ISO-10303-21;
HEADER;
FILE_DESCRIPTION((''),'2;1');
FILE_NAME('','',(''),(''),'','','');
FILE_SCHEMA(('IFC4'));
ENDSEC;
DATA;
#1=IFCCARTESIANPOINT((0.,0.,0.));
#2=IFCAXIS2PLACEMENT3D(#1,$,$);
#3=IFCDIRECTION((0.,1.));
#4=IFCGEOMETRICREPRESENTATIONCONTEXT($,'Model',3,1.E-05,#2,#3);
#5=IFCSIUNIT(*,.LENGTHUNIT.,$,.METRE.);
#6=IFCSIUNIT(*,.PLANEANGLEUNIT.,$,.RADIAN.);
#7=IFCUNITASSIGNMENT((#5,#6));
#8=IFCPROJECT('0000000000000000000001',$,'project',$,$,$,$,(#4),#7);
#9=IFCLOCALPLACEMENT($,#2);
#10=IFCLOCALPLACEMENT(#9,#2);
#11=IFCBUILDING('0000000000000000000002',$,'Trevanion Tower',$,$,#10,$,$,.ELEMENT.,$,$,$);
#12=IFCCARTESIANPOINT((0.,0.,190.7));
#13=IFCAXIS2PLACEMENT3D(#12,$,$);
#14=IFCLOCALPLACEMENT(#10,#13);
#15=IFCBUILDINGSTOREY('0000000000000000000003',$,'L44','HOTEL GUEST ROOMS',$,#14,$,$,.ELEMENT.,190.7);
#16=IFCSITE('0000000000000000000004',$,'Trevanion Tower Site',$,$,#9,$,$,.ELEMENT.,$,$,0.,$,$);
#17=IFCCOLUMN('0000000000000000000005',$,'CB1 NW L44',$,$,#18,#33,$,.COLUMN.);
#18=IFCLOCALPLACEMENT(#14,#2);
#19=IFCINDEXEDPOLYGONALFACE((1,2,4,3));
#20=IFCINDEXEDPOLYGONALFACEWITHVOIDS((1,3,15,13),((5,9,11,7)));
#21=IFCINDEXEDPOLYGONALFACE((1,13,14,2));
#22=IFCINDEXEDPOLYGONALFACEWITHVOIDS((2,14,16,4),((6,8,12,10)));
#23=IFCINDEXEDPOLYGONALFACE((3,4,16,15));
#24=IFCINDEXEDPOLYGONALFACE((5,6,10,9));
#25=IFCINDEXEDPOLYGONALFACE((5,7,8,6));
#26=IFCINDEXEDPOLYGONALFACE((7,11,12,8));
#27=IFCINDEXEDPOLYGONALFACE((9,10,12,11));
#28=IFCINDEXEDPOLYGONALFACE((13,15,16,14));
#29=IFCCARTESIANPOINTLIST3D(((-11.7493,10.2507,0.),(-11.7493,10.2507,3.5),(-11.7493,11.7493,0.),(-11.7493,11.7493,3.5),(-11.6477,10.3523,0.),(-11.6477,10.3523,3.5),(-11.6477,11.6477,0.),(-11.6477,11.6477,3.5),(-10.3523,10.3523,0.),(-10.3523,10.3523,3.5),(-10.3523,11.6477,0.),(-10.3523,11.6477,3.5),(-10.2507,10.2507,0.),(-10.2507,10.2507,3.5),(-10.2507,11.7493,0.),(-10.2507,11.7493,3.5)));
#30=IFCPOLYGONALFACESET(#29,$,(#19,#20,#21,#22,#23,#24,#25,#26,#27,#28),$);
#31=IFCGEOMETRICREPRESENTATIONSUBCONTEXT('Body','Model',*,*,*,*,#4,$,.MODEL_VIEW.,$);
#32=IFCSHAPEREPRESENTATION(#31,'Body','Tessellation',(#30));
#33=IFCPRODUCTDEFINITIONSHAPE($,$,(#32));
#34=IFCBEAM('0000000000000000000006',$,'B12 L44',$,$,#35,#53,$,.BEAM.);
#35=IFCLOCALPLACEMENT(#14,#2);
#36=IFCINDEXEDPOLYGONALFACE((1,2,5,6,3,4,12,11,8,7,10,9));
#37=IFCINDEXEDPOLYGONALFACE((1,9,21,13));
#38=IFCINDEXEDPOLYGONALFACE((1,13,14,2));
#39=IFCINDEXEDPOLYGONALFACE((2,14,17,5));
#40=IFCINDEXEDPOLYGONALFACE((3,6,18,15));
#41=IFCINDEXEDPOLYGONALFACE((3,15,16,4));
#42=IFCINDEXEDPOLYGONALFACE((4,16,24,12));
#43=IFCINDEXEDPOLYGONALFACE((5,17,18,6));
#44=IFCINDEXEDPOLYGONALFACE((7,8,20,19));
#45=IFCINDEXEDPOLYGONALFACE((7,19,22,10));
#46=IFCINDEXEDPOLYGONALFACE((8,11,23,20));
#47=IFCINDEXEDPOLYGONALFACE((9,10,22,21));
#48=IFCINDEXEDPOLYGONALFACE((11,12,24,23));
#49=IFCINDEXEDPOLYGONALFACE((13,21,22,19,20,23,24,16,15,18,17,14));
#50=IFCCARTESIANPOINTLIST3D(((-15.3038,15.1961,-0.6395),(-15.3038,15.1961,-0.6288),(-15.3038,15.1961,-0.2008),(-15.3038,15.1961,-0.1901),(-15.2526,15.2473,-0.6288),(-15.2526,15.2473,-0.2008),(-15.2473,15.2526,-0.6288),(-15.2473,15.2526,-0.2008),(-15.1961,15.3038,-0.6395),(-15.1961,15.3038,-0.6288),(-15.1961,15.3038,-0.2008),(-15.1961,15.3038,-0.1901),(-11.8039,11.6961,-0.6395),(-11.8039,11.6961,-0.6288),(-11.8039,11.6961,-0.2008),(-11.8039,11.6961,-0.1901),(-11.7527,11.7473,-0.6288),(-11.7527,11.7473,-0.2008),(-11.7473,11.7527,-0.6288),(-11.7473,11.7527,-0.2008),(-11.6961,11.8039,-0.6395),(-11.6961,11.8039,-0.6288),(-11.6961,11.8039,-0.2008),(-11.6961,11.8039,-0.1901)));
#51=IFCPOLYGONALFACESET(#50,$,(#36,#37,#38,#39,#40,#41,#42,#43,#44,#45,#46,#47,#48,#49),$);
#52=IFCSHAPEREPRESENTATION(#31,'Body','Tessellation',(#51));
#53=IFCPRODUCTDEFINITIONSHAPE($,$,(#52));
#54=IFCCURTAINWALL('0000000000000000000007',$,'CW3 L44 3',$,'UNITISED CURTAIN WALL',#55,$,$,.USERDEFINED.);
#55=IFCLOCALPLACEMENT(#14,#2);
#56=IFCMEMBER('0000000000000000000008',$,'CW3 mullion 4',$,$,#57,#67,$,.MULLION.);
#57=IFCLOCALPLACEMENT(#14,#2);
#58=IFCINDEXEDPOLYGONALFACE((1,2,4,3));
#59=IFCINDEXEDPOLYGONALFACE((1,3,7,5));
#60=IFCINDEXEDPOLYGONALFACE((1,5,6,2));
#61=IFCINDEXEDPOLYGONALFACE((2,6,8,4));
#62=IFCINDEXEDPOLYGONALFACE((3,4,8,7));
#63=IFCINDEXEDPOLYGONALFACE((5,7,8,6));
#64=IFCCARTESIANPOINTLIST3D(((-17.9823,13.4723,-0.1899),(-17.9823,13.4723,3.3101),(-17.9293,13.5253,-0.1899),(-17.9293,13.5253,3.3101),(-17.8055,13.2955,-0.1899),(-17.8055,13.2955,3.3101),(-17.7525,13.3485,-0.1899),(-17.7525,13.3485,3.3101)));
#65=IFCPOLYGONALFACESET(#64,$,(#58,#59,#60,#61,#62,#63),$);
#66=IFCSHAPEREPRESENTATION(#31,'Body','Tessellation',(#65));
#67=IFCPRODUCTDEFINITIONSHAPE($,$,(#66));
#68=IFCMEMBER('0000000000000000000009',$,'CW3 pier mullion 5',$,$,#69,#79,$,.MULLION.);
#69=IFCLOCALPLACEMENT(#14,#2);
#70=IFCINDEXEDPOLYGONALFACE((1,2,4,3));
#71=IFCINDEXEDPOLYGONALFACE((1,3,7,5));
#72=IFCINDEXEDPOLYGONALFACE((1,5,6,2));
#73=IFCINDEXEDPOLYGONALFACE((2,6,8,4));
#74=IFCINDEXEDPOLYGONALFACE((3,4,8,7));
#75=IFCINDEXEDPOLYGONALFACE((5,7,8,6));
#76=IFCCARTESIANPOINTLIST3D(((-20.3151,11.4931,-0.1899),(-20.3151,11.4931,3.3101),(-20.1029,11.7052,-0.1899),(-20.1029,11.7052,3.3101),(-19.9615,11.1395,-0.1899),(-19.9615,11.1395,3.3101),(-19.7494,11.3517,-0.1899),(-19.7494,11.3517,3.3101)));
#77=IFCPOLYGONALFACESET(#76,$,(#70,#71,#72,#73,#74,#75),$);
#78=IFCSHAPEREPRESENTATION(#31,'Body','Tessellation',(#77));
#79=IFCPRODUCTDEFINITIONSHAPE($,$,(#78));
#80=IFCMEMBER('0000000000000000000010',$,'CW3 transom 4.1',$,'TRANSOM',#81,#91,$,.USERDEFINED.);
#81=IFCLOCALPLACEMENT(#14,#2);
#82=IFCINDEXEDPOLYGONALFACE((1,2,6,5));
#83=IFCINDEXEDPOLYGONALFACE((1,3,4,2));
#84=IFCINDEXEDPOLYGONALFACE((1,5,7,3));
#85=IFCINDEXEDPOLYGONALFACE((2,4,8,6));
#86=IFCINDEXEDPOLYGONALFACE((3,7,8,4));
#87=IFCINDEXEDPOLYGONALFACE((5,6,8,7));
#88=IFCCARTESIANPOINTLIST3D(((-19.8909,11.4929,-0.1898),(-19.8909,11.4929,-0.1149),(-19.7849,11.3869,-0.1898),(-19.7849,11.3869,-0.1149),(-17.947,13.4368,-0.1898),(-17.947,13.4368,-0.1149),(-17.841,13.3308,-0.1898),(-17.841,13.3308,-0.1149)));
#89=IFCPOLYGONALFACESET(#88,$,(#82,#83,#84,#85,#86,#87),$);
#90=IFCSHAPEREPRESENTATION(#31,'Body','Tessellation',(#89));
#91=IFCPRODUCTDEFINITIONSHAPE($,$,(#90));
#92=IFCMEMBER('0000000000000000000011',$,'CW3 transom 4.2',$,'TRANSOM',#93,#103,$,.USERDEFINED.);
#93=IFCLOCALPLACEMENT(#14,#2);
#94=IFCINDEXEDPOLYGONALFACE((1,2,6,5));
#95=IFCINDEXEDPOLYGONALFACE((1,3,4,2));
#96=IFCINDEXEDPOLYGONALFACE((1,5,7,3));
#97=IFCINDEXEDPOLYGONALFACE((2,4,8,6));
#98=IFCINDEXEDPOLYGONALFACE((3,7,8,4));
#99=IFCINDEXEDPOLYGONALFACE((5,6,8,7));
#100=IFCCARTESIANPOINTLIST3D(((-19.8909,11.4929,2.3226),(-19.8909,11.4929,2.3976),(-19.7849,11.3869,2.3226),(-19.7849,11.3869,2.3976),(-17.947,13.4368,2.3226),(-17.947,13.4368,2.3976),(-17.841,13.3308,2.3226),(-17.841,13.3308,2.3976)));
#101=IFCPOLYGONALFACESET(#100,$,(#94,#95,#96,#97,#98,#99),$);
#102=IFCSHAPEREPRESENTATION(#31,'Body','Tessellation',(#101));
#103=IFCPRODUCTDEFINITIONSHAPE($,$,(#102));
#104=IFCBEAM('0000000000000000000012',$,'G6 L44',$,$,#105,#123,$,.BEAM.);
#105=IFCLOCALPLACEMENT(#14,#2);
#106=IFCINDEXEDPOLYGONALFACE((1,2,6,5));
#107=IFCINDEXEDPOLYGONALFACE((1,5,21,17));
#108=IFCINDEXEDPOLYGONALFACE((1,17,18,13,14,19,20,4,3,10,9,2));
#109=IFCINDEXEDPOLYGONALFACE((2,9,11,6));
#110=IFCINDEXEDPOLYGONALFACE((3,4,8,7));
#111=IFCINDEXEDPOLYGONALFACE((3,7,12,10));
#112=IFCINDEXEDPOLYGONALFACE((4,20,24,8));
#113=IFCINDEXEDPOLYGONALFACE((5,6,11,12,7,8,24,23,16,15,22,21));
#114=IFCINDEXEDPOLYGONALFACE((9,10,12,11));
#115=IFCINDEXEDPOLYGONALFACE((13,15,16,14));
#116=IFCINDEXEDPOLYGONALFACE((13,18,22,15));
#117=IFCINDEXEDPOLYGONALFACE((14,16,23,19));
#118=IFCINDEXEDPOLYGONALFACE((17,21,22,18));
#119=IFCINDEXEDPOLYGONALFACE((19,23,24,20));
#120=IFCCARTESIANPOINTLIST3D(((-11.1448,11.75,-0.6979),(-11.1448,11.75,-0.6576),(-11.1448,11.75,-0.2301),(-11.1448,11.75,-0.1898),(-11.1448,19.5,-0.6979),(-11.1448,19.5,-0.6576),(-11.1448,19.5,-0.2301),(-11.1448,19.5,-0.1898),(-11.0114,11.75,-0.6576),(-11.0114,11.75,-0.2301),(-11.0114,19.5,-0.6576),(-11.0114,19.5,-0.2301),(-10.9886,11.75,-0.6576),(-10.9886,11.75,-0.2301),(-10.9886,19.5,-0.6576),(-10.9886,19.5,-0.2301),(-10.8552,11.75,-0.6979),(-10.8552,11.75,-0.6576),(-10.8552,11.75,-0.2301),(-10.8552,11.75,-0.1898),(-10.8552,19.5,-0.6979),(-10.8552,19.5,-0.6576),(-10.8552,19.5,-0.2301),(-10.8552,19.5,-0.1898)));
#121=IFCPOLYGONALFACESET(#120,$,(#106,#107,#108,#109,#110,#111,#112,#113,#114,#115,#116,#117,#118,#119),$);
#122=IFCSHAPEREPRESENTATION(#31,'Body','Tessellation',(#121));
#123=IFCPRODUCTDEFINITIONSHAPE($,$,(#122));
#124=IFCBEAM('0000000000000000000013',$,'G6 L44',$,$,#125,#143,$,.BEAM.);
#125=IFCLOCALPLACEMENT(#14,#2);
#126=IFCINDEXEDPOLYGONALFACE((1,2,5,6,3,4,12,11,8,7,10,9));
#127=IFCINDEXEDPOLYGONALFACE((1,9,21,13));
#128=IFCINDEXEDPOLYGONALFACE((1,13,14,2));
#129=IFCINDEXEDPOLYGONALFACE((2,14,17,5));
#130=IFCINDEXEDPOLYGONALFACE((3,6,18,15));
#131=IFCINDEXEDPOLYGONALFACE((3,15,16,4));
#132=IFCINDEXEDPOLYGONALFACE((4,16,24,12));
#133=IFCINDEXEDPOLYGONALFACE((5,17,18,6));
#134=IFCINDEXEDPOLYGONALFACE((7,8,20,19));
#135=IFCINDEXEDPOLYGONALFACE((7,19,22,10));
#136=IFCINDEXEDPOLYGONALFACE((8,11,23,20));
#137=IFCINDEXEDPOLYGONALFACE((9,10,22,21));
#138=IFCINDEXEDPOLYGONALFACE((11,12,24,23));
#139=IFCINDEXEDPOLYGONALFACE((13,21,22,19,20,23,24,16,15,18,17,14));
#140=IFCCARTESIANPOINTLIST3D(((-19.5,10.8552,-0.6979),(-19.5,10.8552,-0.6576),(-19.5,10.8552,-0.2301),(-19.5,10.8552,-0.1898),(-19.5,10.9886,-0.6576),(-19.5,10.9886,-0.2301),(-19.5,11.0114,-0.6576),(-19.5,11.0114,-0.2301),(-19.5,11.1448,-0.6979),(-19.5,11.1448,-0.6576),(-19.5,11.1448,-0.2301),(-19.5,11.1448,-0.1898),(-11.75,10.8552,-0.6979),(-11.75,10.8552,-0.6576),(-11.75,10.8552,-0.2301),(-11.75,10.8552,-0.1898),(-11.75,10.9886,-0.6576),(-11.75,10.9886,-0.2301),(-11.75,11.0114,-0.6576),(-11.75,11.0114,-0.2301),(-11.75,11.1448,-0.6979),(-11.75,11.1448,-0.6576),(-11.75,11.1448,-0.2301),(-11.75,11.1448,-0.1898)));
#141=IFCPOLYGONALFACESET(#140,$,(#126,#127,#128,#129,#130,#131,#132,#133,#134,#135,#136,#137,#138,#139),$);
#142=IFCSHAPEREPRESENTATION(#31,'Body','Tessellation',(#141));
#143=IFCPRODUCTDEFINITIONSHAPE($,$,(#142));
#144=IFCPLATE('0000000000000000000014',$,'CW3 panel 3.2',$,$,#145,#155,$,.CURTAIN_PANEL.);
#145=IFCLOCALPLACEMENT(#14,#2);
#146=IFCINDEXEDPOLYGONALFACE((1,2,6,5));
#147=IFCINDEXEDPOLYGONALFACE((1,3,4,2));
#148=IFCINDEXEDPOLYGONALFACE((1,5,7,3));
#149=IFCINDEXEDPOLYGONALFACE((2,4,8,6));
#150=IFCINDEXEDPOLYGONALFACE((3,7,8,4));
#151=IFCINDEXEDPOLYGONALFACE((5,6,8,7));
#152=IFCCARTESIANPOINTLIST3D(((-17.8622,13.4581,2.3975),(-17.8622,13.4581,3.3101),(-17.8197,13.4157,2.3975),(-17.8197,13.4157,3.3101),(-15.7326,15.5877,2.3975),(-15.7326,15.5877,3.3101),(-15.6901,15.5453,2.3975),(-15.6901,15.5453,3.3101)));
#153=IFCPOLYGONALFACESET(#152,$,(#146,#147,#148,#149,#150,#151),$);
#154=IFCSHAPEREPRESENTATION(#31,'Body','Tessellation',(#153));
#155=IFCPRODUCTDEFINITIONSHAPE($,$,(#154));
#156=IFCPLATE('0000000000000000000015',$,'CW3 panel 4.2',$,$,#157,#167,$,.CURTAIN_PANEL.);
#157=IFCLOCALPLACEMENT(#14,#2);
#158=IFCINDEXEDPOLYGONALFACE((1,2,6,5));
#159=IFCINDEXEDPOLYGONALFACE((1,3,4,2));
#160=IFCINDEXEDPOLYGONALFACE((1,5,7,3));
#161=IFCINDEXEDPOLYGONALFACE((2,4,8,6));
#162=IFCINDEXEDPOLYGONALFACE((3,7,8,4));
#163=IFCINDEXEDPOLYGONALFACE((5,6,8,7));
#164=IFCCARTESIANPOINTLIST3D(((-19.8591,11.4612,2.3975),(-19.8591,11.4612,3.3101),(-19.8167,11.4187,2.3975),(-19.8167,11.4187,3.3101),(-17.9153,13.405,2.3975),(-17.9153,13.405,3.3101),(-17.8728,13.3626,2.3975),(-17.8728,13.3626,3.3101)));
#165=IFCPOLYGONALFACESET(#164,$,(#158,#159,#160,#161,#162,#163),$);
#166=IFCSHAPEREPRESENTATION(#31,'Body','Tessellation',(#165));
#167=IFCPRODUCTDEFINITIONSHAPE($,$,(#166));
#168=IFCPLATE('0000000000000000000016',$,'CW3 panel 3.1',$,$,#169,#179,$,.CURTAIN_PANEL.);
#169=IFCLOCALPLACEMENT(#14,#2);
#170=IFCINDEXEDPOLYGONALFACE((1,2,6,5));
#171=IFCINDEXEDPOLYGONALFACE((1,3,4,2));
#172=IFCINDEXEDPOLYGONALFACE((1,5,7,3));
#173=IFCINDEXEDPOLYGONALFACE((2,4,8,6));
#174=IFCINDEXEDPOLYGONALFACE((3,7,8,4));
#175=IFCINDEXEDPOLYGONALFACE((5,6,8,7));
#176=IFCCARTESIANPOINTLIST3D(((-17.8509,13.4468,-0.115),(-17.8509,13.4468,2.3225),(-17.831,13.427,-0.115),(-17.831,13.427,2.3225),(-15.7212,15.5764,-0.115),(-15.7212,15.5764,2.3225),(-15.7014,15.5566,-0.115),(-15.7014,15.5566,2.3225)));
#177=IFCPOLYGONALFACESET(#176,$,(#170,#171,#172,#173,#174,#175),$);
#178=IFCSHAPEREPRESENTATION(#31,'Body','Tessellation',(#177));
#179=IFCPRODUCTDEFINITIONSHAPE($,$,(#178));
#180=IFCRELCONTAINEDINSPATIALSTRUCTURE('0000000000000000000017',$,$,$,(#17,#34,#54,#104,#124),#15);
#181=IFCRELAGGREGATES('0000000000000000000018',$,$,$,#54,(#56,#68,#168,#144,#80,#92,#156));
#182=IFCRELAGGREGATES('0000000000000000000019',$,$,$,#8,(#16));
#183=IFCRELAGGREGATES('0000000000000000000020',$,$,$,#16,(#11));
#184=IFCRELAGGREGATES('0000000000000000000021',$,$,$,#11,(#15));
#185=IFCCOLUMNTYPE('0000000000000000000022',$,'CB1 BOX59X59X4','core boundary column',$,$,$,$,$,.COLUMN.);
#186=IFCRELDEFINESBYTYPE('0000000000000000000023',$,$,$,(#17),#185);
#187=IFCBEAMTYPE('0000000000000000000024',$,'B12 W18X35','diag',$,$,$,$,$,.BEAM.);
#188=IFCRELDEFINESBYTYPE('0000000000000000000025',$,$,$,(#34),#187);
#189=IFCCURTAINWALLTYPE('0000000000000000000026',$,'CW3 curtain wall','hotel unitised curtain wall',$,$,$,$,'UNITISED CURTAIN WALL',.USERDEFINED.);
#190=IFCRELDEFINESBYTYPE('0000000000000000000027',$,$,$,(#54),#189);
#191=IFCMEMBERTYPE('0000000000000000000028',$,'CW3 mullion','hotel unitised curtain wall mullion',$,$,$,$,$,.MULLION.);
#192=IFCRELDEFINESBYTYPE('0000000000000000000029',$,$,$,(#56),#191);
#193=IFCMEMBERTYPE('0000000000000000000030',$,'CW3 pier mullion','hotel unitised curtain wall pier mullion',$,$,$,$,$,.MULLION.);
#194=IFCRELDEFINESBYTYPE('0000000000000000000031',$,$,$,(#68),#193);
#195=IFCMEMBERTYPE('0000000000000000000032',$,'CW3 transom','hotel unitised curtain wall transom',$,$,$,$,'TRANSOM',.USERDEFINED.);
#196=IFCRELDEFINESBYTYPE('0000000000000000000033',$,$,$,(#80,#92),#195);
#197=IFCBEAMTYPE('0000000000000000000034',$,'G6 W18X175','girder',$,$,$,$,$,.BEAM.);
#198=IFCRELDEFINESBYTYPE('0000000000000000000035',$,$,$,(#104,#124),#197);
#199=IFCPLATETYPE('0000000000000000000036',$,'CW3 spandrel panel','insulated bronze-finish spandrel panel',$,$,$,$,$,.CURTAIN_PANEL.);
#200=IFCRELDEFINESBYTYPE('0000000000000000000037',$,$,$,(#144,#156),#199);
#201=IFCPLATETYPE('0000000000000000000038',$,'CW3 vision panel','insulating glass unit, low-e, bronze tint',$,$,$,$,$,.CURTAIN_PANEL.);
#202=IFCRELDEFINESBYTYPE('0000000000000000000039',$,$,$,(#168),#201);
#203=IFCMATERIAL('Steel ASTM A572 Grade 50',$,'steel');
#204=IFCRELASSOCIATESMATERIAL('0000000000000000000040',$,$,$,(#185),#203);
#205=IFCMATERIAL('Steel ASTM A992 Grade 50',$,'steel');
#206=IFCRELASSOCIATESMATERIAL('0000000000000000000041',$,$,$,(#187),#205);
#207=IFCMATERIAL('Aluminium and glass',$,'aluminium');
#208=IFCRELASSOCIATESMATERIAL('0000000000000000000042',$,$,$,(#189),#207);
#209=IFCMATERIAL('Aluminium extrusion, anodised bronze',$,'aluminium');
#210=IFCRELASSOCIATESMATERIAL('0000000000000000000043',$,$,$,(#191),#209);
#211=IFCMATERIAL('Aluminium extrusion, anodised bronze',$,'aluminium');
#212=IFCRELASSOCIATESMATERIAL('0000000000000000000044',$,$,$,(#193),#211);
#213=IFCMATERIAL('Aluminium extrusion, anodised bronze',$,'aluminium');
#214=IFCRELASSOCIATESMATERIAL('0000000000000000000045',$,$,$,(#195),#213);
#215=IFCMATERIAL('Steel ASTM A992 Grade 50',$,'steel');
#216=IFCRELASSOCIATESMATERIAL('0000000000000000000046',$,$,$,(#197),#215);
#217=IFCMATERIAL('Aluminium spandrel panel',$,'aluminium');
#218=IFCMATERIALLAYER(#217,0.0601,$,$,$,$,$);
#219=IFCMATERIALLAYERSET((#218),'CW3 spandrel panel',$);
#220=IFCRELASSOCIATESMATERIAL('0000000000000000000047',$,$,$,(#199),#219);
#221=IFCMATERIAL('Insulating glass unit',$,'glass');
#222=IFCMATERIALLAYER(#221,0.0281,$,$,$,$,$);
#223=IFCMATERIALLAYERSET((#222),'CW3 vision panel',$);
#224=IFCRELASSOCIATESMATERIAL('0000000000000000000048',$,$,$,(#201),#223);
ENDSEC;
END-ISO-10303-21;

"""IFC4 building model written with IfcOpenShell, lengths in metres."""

from ifc_helpers import new_model, si_unit, direction, frame, origin, origin_2d, place, context, subcontext, project, spatial, rectangle, hollow_rectangle, i_section, extrude, material, layer, layer_set, material_profile, profile_set, type_object, element, aggregate, save


model = new_model("IFC4")

# Units and contexts
model_context = context("Model", 3, precision=1e-05, world=origin(), true_north=direction((0.0, 1.0)))
body_context = subcontext(model_context, "Body", "Model", "MODEL_VIEW")
ifc_project = project(units=[si_unit("LENGTHUNIT", "METRE"), si_unit("PLANEANGLEUNIT", "RADIAN")], contexts=[model_context])

# Site, building, storey
site_placement = place(None, origin())
site = spatial("IfcSite", under=ifc_project, at=site_placement, Name="Trevanion Tower Site", CompositionType="ELEMENT", RefElevation=0.0)
building_placement = place(site_placement, origin())
building = spatial("IfcBuilding", under=site, at=building_placement, Name="Trevanion Tower", CompositionType="ELEMENT")
storey_placement = place(building_placement, frame((0.0, 0.0, 190.7)))
storey = spatial("IfcBuildingStorey", under=building, at=storey_placement, Name="L44", Description="HOTEL GUEST ROOMS", CompositionType="ELEMENT", Elevation=190.7)

# Column
ifc_material_1 = material(Name="Steel ASTM A572 Grade 50", Category="steel")
ifc_material_profile_1 = material_profile(ifc_material_1, hollow_rectangle(XDim=1.4985, YDim=1.4985, WallThickness=0.1016, at=origin_2d()), Name="BOX59X59X4")
ifc_profile_set_1 = profile_set([ifc_material_profile_1], Name="Steel ASTM A572 Grade 50")
column_type = type_object("IfcColumnType", Name="CB1 BOX59X59X4", Description="core boundary column", PredefinedType="COLUMN", material=ifc_profile_set_1)
column_placement = place(storey_placement, frame((-11.0, 11.0, 0.0), z_axis=(0.0, 0.0, 1.0), x_axis=(1.0, 0.0, 0.0)))
element("IfcColumn", 1, at=column_placement, inside=storey, type_object=column_type, Name="CB1 NW L44", PredefinedType="COLUMN", context=body_context, shape_type="SweptSolid", body=[
    extrude(hollow_rectangle(XDim=1.4985, YDim=1.4985, WallThickness=0.1016, at=origin_2d()), origin(), (0.0, 0.0, 1.0), 3.5),
])

# Beam
ifc_material_2 = material(Name="Steel ASTM A992 Grade 50", Category="steel")
ifc_material_profile_2 = material_profile(ifc_material_2, i_section(OverallWidth=0.1523, OverallDepth=0.4495, WebThickness=0.0076, FlangeThickness=0.0107, at=origin_2d()), Name="W18X35")
ifc_profile_set_2 = profile_set([ifc_material_profile_2], Name="Steel ASTM A992 Grade 50")
beam_type_1 = type_object("IfcBeamType", Name="B12 W18X35", Description="diag", PredefinedType="BEAM", material=ifc_profile_set_2)
beam_placement = place(storey_placement, frame((-11.75, 11.75, -0.4148), z_axis=(-0.707107, 0.707107, 0.0), x_axis=(-0.707107, -0.707107, 0.0)))
element("IfcBeam", 2, at=beam_placement, inside=storey, type_object=beam_type_1, Name="B12 L44", PredefinedType="BEAM", context=body_context, shape_type="SweptSolid", body=[
    extrude(i_section(OverallWidth=0.1523, OverallDepth=0.4495, WebThickness=0.0076, FlangeThickness=0.0107, at=origin_2d()), origin(), (0.0, 0.0, 1.0), 4.9497),
])

# Curtain wall, members
ifc_material_3 = material(Name="Aluminium and glass", Category="aluminium")
curtain_wall_type = type_object("IfcCurtainWallType", Name="CW3 curtain wall", Description="hotel unitised curtain wall", ElementType="UNITISED CURTAIN WALL", PredefinedType="USERDEFINED", material=ifc_material_3)
curtain_wall_placement = place(storey_placement, origin())
curtain_wall = element("IfcCurtainWall", 3, at=curtain_wall_placement, inside=storey, type_object=curtain_wall_type, Name="CW3 L44 3", ObjectType="UNITISED CURTAIN WALL", PredefinedType="USERDEFINED")
ifc_material_4 = material(Name="Aluminium extrusion, anodised bronze", Category="aluminium")
ifc_material_profile_3 = material_profile(ifc_material_4, rectangle(XDim=0.075, YDim=0.25, at=origin_2d()), Name="CW3 mullion")
ifc_profile_set_3 = profile_set([ifc_material_profile_3], Name="Aluminium extrusion, anodised bronze")
member_type_1 = type_object("IfcMemberType", Name="CW3 mullion", Description="hotel unitised curtain wall mullion", PredefinedType="MULLION", material=ifc_profile_set_3)
member_1_placement = place(storey_placement, frame((-17.8674, 13.4104, -0.1899), z_axis=(0.0, 0.0, 1.0), x_axis=(-0.707107, -0.707107, 0.0)))
member_1 = element("IfcMember", 4, at=member_1_placement, type_object=member_type_1, Name="CW3 mullion 4", PredefinedType="MULLION", context=body_context, shape_type="SweptSolid", body=[
    extrude(rectangle(XDim=0.075, YDim=0.25, at=origin_2d()), origin(), (0.0, 0.0, 1.0), 3.5),
])
ifc_material_5 = material(Name="Aluminium extrusion, anodised bronze", Category="aluminium")
ifc_material_profile_4 = material_profile(ifc_material_5, rectangle(XDim=0.3, YDim=0.5, at=origin_2d()), Name="CW3 pier mullion")
ifc_profile_set_4 = profile_set([ifc_material_profile_4], Name="Aluminium extrusion, anodised bronze")
member_type_2 = type_object("IfcMemberType", Name="CW3 pier mullion", Description="hotel unitised curtain wall pier mullion", PredefinedType="MULLION", material=ifc_profile_set_4)
member_2_placement = place(storey_placement, frame((-20.0322, 11.4224, -0.1899), z_axis=(0.0, 0.0, 1.0), x_axis=(-0.707107, -0.707107, 0.0)))
member_2 = element("IfcMember", 5, at=member_2_placement, type_object=member_type_2, Name="CW3 pier mullion 5", PredefinedType="MULLION", context=body_context, shape_type="SweptSolid", body=[
    extrude(rectangle(XDim=0.3, YDim=0.5, at=origin_2d()), origin(), (0.0, 0.0, 1.0), 3.5),
])
ifc_material_6 = material(Name="Aluminium extrusion, anodised bronze", Category="aluminium")
ifc_material_profile_5 = material_profile(ifc_material_6, rectangle(XDim=0.1499, YDim=0.075, at=origin_2d()), Name="CW3 transom")
ifc_profile_set_5 = profile_set([ifc_material_profile_5], Name="Aluminium extrusion, anodised bronze")
member_type_3 = type_object("IfcMemberType", Name="CW3 transom", Description="hotel unitised curtain wall transom", ElementType="TRANSOM", PredefinedType="USERDEFINED", material=ifc_profile_set_5)
member_3_placement = place(storey_placement, frame((-17.894, 13.3838, -0.1523), z_axis=(-0.707107, -0.707107, 0.0), x_axis=(0.707107, -0.707107, 0.0)))
member_3 = element("IfcMember", 6, at=member_3_placement, type_object=member_type_3, Name="CW3 transom 4.1", ObjectType="TRANSOM", PredefinedType="USERDEFINED", context=body_context, shape_type="SweptSolid", body=[
    extrude(rectangle(XDim=0.1499, YDim=0.075, at=origin_2d()), origin(), (0.0, 0.0, 1.0), 2.749),
])
member_4_placement = place(storey_placement, frame((-17.894, 13.3838, 2.3601), z_axis=(-0.707107, -0.707107, 0.0), x_axis=(0.707107, -0.707107, 0.0)))
member_4 = element("IfcMember", 7, at=member_4_placement, type_object=member_type_3, Name="CW3 transom 4.2", ObjectType="TRANSOM", PredefinedType="USERDEFINED", context=body_context, shape_type="SweptSolid", body=[
    extrude(rectangle(XDim=0.1499, YDim=0.075, at=origin_2d()), origin(), (0.0, 0.0, 1.0), 2.749),
])

# Beams
ifc_material_7 = material(Name="Steel ASTM A992 Grade 50", Category="steel")
ifc_material_profile_6 = material_profile(ifc_material_7, i_section(OverallWidth=0.2896, OverallDepth=0.5081, WebThickness=0.0227, FlangeThickness=0.0403, at=origin_2d()), Name="W18X175")
ifc_profile_set_6 = profile_set([ifc_material_profile_6], Name="Steel ASTM A992 Grade 50")
beam_type_2 = type_object("IfcBeamType", Name="G6 W18X175", Description="girder", PredefinedType="BEAM", material=ifc_profile_set_6)
for number, where, z_axis, x_axis, name in (
    (8, (-11.0, 11.75, -0.4438), (0.0, 1.0, 0.0), (-1.0, 0.0, 0.0), "G6 L44"),
    (9, (-11.75, 11.0, -0.4438), (-1.0, 0.0, 0.0), (0.0, -1.0, 0.0), "G6 L44"),
):
    element("IfcBeam", number, at=place(storey_placement, frame(where, z_axis=z_axis, x_axis=x_axis)), inside=storey, type_object=beam_type_2, Name=name, PredefinedType="BEAM", context=body_context, shape_type="SweptSolid", body=[
        extrude(i_section(OverallWidth=0.2896, OverallDepth=0.5081, WebThickness=0.0227, FlangeThickness=0.0403, at=origin_2d()), origin(), (0.0, 0.0, 1.0), 7.75),
    ])

# Plates
ifc_material_8 = material(Name="Aluminium spandrel panel", Category="aluminium")
ifc_layer_1 = layer(ifc_material_8, 0.0601)
ifc_layer_set_1 = layer_set([ifc_layer_1], Name="CW3 spandrel panel")
plate_type_1 = type_object("IfcPlateType", Name="CW3 spandrel panel", Description="insulated bronze-finish spandrel panel", PredefinedType="CURTAIN_PANEL", material=ifc_layer_set_1)
plate_1_placement = place(storey_placement, frame((-16.7761, 14.5017, 2.3975), z_axis=(0.0, 0.0, 1.0), x_axis=(-0.707107, -0.707107, 0.0)))
plate_1 = element("IfcPlate", 10, at=plate_1_placement, type_object=plate_type_1, Name="CW3 panel 3.2", PredefinedType="CURTAIN_PANEL", context=body_context, shape_type="SweptSolid", body=[
    extrude(rectangle(XDim=3.0117, YDim=0.0601, at=origin_2d()), origin(), (0.0, 0.0, 1.0), 0.9126),
])
plate_2_placement = place(storey_placement, frame((-18.866, 12.4119, 2.3975), z_axis=(0.0, 0.0, 1.0), x_axis=(-0.707107, -0.707107, 0.0)))
plate_2 = element("IfcPlate", 11, at=plate_2_placement, type_object=plate_type_1, Name="CW3 panel 4.2", PredefinedType="CURTAIN_PANEL", context=body_context, shape_type="SweptSolid", body=[
    extrude(rectangle(XDim=2.749, YDim=0.0601, at=origin_2d()), origin(), (0.0, 0.0, 1.0), 0.9126),
])
ifc_material_9 = material(Name="Insulating glass unit", Category="glass")
ifc_layer_2 = layer(ifc_material_9, 0.0281)
ifc_layer_set_2 = layer_set([ifc_layer_2], Name="CW3 vision panel")
plate_type_2 = type_object("IfcPlateType", Name="CW3 vision panel", Description="insulating glass unit, low-e, bronze tint", PredefinedType="CURTAIN_PANEL", material=ifc_layer_set_2)
plate_3_placement = place(storey_placement, frame((-16.7761, 14.5017, -0.115), z_axis=(0.0, 0.0, 1.0), x_axis=(-0.707107, -0.707107, 0.0)))
plate_3 = element("IfcPlate", 12, at=plate_3_placement, type_object=plate_type_2, Name="CW3 panel 3.1", PredefinedType="CURTAIN_PANEL", context=body_context, shape_type="SweptSolid", body=[
    extrude(rectangle(XDim=3.0117, YDim=0.0281, at=origin_2d()), origin(), (0.0, 0.0, 1.0), 2.4375),
])
aggregate(curtain_wall, [member_1, member_2, plate_3, plate_1, member_3, member_4, plate_2])

save(model, "model.ifc")
